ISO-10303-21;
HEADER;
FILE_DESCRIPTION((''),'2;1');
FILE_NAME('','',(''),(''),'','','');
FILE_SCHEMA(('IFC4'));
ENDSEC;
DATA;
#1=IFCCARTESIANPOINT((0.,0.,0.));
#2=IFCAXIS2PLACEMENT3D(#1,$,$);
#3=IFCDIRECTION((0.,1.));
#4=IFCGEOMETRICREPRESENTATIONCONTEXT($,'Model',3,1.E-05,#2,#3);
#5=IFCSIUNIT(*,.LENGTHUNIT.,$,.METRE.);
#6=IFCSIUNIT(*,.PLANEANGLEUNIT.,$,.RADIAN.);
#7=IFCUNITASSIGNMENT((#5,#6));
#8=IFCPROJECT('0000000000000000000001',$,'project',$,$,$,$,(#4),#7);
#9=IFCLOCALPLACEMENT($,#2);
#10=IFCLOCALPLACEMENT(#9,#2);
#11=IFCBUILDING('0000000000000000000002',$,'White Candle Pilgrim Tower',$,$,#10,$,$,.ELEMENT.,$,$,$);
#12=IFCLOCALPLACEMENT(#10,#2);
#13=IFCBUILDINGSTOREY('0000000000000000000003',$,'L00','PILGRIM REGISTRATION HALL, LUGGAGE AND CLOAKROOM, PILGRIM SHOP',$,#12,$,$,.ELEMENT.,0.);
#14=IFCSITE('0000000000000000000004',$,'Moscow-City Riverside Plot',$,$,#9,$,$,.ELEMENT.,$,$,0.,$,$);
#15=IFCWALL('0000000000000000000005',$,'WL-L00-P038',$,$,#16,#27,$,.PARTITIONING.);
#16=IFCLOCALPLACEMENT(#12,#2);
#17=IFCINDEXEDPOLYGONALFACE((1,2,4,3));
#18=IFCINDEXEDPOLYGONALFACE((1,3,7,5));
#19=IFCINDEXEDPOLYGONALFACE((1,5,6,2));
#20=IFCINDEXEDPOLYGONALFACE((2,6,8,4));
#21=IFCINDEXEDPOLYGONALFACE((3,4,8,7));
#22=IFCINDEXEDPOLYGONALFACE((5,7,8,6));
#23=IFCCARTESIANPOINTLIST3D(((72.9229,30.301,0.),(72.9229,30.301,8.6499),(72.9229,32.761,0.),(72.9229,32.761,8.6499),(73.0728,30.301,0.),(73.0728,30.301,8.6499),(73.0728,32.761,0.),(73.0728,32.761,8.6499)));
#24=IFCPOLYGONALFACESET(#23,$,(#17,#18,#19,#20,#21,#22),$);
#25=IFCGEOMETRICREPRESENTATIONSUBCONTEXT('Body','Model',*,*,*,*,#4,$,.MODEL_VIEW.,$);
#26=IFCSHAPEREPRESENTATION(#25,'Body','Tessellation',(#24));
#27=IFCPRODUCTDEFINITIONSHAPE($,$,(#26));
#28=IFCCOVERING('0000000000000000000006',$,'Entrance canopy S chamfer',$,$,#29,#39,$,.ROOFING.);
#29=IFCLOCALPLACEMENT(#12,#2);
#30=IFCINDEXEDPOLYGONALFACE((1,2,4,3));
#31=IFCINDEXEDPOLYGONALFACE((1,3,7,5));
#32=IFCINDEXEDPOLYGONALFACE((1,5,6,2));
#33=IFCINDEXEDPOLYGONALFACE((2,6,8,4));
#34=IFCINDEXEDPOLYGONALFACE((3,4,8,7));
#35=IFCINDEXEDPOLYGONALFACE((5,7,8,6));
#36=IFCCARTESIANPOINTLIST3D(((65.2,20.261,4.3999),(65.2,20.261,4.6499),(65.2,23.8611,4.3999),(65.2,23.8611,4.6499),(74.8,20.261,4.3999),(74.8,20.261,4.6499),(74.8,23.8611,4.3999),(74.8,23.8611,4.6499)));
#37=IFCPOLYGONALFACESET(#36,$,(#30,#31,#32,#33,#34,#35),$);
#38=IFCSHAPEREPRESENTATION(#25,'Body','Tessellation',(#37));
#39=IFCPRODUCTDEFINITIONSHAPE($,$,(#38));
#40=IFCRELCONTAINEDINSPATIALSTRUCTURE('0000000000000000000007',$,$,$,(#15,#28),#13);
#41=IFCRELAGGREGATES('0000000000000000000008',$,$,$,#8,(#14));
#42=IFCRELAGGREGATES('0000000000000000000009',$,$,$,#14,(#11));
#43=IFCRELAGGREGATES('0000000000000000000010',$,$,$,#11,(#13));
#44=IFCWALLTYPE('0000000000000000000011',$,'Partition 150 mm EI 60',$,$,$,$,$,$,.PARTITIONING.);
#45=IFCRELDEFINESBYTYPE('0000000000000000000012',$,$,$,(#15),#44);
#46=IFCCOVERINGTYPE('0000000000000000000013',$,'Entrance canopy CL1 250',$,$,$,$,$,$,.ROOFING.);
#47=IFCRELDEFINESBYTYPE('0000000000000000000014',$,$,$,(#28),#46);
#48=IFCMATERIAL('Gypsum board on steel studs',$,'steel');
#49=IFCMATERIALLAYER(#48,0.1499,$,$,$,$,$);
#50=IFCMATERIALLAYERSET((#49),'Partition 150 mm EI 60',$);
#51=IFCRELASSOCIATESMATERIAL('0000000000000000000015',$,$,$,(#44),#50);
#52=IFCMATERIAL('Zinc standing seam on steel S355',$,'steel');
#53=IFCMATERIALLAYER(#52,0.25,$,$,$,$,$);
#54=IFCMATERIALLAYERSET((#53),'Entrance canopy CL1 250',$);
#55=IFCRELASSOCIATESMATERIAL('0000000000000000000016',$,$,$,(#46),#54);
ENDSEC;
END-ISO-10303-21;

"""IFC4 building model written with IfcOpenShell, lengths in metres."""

from ifc_helpers import new_model, si_unit, direction, frame, frame_2d, origin, origin_2d, place, context, subcontext, project, spatial, rectangle, extrude, material, layer, layer_set, type_object, element, save


model = new_model("IFC4")

# Units and contexts
model_context = context("Model", 3, precision=1e-05, world=origin(), true_north=direction((0.0, 1.0)))
body_context = subcontext(model_context, "Body", "Model", "MODEL_VIEW")
ifc_project = project(units=[si_unit("LENGTHUNIT", "METRE"), si_unit("PLANEANGLEUNIT", "RADIAN")], contexts=[model_context])

# Site, building, storey
site_placement = place(None, origin())
site = spatial("IfcSite", under=ifc_project, at=site_placement, Name="Moscow-City Riverside Plot", CompositionType="ELEMENT", RefElevation=0.0)
building_placement = place(site_placement, origin())
building = spatial("IfcBuilding", under=site, at=building_placement, Name="White Candle Pilgrim Tower", CompositionType="ELEMENT")
storey_placement = place(building_placement, origin())
storey = spatial("IfcBuildingStorey", under=building, at=storey_placement, Name="L00", Description="PILGRIM REGISTRATION HALL, LUGGAGE AND CLOAKROOM, PILGRIM SHOP", CompositionType="ELEMENT", Elevation=0.0)

# Wall
ifc_material_1 = material(Name="Gypsum board on steel studs", Category="steel")
ifc_layer_1 = layer(ifc_material_1, 0.1499)
ifc_layer_set_1 = layer_set([ifc_layer_1], Name="Partition 150 mm EI 60")
wall_type_1 = type_object("IfcWallType", Name="Partition 150 mm EI 60", PredefinedType="PARTITIONING", material=ifc_layer_set_1)
wall_1_placement = place(storey_placement, frame((72.9978, 30.301, 0.0), z_axis=(0.0, 0.0, 1.0), x_axis=(0.0, 1.0, 0.0)))
element("IfcWall", 1, at=wall_1_placement, inside=storey, type_object=wall_type_1, Name="WL-L00-P038", PredefinedType="PARTITIONING", context=body_context, shape_type="SweptSolid", body=[
    extrude(rectangle(XDim=2.46, YDim=0.1499, at=frame_2d((1.23, 0.0))), origin(), (0.0, 0.0, 1.0), 8.6499),
])

# Covering
ifc_material_2 = material(Name="Zinc standing seam on steel S355", Category="steel")
ifc_layer_2 = layer(ifc_material_2, 0.25)
ifc_layer_set_2 = layer_set([ifc_layer_2], Name="Entrance canopy CL1 250")
covering_type = type_object("IfcCoveringType", Name="Entrance canopy CL1 250", PredefinedType="ROOFING", material=ifc_layer_set_2)
covering_placement = place(storey_placement, frame((70.0, 22.061, 4.3999), z_axis=(0.0, 0.0, 1.0), x_axis=(1.0, 0.0, 0.0)))
element("IfcCovering", 2, at=covering_placement, inside=storey, type_object=covering_type, Name="Entrance canopy S chamfer", PredefinedType="ROOFING", context=body_context, shape_type="SweptSolid", body=[
    extrude(rectangle(XDim=9.6001, YDim=3.6001, at=origin_2d()), origin(), (0.0, 0.0, 1.0), 0.25),
])

save(model, "model.ifc")
